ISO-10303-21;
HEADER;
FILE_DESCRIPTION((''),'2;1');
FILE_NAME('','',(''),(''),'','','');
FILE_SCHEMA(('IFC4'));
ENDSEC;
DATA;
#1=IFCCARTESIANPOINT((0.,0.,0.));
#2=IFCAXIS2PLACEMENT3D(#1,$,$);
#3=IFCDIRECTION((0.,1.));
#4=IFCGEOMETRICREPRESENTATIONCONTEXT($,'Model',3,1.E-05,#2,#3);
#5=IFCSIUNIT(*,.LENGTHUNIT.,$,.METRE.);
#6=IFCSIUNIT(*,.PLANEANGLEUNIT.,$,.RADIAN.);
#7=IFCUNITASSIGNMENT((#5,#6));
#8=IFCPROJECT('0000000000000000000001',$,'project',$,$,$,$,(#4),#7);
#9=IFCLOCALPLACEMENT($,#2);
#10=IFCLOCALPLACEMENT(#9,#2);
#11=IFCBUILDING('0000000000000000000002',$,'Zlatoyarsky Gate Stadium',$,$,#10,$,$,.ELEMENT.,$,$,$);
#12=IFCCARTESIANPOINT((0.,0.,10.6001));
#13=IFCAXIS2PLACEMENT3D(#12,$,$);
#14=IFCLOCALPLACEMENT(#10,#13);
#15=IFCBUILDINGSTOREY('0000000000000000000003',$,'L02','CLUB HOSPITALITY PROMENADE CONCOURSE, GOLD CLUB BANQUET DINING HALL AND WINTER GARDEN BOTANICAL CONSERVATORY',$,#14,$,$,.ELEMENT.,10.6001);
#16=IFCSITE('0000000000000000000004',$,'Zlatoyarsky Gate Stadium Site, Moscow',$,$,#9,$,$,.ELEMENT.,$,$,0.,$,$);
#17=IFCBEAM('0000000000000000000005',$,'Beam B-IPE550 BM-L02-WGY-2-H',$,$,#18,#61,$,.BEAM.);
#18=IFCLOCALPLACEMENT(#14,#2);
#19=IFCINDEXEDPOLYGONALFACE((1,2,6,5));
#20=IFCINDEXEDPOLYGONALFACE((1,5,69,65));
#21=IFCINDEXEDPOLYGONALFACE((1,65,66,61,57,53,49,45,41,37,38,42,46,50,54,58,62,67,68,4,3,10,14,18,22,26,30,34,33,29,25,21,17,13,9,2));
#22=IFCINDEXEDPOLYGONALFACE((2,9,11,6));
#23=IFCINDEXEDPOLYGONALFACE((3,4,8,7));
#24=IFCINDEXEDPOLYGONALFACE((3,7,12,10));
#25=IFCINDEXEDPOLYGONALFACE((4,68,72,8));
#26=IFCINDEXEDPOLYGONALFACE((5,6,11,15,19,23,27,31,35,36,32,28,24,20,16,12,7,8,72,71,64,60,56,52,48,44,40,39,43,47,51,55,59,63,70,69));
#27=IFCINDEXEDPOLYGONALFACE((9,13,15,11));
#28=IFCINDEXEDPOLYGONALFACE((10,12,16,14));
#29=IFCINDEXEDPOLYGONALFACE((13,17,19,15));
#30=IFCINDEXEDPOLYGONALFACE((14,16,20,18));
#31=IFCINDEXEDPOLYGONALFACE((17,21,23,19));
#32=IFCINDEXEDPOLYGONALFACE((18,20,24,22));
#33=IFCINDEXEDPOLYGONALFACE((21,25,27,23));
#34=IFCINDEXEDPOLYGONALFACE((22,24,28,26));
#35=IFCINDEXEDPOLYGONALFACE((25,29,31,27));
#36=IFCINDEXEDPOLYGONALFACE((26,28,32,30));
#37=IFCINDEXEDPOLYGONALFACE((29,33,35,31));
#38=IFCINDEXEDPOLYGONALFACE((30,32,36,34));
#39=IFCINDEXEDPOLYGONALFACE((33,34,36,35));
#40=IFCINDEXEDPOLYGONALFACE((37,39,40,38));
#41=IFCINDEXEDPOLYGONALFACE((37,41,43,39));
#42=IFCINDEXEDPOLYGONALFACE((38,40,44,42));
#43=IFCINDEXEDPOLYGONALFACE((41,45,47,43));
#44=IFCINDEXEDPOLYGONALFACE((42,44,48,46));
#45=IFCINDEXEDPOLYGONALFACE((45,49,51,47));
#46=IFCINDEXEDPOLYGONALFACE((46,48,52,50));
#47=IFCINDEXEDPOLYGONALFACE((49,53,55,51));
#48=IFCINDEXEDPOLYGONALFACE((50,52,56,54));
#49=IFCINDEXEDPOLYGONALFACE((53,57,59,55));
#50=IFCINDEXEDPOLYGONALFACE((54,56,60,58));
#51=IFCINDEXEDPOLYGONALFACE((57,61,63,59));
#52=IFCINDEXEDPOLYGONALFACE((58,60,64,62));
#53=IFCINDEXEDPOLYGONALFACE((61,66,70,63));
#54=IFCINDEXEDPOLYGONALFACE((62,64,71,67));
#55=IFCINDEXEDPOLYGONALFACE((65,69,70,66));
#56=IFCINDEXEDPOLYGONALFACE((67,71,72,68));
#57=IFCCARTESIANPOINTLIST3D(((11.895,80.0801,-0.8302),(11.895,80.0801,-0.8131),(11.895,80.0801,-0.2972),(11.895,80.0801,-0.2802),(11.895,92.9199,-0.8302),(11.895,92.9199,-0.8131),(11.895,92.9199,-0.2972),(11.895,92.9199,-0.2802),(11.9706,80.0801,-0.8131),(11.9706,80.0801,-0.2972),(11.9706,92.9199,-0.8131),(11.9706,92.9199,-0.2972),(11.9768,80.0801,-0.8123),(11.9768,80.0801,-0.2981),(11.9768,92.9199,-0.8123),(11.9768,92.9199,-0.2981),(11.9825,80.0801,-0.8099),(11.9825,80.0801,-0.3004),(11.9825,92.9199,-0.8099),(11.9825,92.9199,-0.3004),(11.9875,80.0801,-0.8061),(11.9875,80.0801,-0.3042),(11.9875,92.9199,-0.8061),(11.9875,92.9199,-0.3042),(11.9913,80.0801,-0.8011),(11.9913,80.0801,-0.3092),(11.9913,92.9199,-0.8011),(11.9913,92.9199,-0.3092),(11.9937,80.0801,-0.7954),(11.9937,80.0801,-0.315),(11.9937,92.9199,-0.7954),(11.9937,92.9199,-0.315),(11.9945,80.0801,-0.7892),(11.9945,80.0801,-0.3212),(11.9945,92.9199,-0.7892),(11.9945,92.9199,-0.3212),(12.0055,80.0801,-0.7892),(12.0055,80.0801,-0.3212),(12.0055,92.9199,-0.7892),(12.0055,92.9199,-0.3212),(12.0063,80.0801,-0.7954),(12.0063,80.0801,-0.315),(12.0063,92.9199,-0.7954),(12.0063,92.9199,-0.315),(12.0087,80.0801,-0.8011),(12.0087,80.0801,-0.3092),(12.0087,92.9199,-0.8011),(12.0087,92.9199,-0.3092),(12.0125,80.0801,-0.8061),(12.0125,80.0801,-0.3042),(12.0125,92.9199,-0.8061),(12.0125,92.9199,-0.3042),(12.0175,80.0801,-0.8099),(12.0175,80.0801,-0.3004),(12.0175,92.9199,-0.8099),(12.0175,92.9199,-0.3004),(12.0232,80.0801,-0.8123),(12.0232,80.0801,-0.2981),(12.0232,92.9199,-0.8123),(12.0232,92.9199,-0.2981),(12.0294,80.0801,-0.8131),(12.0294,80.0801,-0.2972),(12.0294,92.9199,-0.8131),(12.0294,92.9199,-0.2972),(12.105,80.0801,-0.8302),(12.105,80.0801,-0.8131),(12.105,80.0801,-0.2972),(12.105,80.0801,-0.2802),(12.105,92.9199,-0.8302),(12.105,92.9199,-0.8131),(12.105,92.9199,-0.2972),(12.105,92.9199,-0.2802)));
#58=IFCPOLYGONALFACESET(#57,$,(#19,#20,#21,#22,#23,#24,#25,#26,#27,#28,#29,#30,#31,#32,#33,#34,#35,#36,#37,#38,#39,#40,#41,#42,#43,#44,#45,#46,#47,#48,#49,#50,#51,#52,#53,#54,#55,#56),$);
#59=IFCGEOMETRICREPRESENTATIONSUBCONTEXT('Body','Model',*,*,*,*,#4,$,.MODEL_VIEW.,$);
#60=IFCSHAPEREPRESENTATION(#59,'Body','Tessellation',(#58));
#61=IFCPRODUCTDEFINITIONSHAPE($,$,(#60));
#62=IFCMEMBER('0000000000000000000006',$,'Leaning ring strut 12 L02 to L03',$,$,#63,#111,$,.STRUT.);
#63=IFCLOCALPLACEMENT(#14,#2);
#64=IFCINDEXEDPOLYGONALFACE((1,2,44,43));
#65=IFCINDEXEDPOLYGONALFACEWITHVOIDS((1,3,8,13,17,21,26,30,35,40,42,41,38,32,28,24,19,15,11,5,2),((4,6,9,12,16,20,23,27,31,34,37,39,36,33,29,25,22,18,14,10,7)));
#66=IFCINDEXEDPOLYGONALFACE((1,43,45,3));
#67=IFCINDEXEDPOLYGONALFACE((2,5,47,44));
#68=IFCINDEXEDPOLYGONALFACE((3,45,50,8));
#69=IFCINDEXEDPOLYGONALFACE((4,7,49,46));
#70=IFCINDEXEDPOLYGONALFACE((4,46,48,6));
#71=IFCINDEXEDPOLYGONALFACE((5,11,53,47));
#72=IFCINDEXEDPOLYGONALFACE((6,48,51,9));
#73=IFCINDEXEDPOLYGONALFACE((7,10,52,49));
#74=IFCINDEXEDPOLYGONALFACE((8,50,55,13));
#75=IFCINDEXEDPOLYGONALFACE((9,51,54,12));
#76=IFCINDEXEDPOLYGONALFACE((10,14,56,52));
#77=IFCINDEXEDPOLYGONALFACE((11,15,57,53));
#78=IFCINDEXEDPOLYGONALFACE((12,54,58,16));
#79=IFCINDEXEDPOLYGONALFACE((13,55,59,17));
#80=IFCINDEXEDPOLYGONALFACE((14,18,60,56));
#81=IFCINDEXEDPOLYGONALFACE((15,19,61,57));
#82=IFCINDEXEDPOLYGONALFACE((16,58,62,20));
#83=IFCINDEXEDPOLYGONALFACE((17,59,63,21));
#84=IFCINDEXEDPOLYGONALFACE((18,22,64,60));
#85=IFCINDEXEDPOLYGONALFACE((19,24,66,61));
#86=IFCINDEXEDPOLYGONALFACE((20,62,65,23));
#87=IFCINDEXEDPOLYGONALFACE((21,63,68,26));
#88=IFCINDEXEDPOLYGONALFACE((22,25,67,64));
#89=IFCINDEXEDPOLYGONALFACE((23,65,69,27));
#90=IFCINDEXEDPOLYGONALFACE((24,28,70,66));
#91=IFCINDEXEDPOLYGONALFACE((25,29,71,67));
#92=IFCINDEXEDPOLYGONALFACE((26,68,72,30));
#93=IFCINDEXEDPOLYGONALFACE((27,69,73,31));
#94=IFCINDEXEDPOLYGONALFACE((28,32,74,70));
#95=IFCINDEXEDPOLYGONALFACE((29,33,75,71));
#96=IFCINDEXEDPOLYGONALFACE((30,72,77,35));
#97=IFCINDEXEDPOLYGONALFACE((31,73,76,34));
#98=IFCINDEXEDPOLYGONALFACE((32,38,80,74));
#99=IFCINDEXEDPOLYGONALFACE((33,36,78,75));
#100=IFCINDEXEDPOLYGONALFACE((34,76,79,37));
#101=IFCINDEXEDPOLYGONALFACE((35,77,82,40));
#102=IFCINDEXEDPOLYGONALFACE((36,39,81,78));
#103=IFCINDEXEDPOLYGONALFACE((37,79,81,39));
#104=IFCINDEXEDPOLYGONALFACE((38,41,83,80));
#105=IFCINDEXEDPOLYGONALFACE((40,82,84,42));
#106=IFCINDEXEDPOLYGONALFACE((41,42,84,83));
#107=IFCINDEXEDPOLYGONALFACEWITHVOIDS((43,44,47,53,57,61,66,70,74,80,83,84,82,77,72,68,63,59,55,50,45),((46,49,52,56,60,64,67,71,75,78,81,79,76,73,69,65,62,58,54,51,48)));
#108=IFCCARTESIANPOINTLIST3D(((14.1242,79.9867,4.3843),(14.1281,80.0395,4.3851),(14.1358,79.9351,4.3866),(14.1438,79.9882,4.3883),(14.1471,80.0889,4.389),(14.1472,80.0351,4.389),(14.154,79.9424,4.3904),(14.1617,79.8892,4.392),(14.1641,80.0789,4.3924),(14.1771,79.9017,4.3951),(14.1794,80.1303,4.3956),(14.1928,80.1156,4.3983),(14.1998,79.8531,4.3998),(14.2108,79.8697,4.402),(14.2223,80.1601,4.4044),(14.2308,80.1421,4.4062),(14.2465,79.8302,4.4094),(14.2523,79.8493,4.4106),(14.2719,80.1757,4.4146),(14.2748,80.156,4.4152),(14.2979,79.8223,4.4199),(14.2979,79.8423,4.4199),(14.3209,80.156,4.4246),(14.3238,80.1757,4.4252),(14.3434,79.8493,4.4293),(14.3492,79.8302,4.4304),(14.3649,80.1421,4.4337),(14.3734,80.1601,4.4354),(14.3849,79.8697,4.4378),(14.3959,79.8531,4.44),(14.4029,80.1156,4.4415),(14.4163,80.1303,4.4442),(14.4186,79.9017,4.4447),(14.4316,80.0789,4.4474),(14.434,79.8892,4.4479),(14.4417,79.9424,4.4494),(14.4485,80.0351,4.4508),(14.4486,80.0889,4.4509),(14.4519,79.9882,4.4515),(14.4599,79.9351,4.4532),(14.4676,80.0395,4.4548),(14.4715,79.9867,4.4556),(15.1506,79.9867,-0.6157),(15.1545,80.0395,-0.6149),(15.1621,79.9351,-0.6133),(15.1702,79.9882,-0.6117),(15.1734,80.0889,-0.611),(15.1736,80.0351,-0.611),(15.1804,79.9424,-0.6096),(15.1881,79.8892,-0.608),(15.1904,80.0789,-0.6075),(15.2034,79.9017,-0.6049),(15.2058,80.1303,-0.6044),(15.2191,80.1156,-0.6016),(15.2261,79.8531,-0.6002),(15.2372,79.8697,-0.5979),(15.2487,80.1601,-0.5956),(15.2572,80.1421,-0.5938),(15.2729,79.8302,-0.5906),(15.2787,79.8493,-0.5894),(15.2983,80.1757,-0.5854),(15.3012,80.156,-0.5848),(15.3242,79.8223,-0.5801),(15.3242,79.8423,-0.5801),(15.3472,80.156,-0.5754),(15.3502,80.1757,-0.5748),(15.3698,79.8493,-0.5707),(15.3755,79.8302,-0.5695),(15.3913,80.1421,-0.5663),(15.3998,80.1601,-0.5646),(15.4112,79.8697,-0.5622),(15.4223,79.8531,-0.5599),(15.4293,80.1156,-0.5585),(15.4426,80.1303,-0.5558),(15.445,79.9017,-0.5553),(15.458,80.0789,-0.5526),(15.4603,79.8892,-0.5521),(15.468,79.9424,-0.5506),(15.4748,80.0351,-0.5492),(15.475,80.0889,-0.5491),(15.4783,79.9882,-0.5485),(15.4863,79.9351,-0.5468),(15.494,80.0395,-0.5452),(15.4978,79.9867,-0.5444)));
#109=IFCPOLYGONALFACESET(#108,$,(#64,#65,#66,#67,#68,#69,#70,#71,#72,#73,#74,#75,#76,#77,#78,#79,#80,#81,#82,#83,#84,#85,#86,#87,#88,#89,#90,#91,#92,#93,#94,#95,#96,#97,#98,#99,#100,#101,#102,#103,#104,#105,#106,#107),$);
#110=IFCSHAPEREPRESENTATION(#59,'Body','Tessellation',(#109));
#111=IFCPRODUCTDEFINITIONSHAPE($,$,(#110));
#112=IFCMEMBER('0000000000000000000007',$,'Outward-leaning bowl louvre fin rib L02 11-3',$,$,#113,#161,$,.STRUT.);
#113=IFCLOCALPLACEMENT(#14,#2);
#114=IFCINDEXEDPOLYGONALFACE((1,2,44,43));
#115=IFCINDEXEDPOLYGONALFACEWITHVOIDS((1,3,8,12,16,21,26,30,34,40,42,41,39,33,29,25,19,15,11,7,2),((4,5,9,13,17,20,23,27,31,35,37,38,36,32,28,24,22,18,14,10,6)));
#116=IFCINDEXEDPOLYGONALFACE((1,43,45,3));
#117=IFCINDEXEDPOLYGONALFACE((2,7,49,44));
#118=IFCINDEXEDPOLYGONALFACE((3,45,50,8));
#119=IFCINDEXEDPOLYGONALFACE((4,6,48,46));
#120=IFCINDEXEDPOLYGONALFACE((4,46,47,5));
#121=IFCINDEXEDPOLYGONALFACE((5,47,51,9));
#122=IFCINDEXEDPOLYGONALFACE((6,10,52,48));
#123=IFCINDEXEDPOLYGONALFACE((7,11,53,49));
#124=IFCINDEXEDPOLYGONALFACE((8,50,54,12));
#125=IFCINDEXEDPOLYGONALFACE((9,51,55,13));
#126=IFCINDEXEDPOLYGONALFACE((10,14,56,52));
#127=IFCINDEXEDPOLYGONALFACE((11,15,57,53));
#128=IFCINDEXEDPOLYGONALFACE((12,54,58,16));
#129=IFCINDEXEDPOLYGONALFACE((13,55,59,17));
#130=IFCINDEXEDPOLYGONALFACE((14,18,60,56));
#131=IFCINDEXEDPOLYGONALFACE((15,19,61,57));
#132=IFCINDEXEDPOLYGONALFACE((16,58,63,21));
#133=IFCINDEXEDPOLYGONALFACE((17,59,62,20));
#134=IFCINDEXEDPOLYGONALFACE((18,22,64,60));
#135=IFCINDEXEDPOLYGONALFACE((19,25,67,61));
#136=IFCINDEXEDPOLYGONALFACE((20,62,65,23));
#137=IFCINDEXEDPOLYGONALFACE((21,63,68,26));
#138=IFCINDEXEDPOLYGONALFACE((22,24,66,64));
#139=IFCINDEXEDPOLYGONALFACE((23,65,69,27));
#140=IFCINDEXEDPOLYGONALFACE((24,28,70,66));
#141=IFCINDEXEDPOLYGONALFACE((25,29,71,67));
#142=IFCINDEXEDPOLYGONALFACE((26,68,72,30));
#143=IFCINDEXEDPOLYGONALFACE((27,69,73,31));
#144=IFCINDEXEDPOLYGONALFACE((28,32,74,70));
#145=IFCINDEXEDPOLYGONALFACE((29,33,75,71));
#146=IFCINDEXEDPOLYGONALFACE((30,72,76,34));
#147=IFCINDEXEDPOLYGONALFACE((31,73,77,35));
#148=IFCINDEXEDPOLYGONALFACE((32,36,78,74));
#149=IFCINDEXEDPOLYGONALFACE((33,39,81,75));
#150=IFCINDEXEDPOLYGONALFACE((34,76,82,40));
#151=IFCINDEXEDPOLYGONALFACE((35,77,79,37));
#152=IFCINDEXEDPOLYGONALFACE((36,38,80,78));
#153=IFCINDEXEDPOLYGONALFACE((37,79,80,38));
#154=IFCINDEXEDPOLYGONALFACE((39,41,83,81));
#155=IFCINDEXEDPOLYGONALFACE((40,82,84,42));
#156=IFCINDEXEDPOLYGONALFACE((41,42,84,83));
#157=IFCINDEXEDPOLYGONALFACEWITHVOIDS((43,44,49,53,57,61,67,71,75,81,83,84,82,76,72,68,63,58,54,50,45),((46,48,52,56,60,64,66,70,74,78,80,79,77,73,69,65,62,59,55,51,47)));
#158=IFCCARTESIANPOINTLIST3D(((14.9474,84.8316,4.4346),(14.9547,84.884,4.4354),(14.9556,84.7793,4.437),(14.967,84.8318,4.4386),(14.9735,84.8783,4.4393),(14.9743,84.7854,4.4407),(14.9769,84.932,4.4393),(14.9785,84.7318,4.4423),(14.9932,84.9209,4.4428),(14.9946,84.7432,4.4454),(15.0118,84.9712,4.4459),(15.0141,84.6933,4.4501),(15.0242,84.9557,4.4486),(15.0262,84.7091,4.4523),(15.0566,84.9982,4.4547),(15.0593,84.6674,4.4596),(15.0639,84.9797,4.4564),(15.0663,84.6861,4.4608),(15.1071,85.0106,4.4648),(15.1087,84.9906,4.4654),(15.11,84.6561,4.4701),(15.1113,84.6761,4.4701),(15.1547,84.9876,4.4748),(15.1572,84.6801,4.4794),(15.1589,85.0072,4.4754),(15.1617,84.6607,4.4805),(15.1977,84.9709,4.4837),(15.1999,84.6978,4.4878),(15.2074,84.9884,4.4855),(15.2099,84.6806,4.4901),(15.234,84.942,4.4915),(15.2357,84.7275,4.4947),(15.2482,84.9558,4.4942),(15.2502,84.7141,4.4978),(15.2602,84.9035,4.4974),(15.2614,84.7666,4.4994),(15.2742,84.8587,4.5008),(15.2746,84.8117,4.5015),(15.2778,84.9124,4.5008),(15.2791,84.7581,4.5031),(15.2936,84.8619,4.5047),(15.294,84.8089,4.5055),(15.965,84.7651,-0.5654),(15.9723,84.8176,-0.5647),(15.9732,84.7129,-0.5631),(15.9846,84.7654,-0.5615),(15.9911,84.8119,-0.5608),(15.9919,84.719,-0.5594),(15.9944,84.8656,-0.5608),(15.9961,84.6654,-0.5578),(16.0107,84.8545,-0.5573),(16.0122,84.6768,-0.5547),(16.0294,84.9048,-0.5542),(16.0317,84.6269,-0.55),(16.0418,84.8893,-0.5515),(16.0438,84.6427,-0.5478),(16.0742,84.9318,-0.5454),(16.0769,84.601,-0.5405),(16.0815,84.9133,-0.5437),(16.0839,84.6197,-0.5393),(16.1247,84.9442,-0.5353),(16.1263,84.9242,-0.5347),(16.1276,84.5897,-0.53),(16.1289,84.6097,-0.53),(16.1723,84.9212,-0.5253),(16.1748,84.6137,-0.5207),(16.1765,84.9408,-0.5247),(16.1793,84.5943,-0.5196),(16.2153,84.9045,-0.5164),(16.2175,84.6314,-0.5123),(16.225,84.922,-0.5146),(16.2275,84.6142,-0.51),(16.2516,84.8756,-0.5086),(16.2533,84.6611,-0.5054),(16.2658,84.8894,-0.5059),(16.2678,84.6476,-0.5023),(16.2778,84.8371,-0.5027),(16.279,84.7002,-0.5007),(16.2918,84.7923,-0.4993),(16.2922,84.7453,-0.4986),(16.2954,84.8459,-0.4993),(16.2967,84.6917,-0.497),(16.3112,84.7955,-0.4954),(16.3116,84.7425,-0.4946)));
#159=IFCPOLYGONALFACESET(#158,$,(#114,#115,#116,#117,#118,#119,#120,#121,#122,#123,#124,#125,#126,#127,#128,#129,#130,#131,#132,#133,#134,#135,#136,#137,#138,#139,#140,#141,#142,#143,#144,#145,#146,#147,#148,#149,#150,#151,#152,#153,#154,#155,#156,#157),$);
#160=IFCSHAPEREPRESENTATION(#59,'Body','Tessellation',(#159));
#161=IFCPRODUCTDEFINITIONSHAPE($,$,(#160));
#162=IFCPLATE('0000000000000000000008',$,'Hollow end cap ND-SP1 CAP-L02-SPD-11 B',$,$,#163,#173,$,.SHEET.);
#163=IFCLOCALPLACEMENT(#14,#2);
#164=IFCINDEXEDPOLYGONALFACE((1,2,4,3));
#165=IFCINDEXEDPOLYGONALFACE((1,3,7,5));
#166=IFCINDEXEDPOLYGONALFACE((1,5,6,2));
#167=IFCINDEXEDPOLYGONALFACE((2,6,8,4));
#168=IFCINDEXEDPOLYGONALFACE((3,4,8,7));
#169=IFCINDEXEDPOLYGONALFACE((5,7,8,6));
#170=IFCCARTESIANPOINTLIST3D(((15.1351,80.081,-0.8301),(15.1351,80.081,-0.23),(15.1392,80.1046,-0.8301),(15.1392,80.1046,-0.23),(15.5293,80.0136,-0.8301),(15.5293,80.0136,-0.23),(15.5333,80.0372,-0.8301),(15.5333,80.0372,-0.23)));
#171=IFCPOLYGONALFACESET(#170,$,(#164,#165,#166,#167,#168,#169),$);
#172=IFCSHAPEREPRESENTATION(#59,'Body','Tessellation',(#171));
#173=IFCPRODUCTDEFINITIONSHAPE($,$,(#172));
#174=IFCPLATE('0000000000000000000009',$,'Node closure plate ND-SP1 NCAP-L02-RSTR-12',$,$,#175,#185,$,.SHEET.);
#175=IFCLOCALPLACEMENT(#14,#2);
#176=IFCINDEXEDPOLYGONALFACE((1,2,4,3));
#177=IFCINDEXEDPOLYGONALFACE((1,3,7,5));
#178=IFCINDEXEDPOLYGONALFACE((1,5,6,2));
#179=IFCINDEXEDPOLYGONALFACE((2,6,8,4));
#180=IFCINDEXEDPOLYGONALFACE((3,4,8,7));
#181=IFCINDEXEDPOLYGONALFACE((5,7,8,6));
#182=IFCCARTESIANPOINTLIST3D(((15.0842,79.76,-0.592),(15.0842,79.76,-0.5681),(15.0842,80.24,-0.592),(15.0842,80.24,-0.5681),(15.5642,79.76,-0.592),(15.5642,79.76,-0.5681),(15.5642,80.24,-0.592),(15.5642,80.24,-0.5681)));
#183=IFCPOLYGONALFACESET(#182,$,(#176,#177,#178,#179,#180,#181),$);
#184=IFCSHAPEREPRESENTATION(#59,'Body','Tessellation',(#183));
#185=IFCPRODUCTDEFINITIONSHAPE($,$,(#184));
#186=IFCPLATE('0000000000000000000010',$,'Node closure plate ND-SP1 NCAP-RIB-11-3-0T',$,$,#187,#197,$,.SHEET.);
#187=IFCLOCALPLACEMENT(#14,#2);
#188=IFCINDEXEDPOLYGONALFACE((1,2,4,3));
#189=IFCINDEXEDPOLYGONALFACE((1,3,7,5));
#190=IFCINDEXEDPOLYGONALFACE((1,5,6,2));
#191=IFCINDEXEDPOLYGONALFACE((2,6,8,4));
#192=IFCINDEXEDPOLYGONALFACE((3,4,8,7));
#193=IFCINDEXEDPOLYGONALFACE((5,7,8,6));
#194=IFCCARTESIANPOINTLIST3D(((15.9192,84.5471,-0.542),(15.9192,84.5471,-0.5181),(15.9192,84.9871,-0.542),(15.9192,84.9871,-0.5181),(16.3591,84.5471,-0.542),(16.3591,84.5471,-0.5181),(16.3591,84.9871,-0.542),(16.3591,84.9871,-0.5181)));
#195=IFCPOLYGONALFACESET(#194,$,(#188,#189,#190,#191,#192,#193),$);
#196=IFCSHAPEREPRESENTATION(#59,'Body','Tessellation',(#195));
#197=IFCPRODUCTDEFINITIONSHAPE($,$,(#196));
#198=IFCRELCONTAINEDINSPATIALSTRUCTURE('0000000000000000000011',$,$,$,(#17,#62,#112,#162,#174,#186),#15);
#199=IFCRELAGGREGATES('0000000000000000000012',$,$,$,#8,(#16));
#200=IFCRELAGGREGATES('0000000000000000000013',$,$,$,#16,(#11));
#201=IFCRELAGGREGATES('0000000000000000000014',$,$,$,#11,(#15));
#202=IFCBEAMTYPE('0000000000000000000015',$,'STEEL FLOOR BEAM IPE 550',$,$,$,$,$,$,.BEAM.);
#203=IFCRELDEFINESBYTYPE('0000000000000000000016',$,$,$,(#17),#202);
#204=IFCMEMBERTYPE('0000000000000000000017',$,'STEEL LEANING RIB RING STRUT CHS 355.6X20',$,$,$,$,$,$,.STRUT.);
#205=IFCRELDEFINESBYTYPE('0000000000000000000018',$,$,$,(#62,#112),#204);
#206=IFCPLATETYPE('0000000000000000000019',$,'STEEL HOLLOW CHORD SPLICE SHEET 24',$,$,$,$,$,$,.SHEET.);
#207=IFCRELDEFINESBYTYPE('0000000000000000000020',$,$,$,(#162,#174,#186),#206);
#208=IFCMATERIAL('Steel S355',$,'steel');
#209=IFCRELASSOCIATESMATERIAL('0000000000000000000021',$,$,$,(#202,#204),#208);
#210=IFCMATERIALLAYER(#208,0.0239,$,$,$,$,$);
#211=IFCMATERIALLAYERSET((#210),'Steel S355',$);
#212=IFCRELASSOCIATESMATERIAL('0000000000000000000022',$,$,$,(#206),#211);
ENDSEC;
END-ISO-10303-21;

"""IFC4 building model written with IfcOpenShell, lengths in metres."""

from ifc_helpers import new_model, si_unit, direction, frame, origin, origin_2d, place, context, subcontext, project, spatial, rectangle, hollow_circle, i_section, extrude, material, layer, layer_set, material_profile, profile_set, type_object, element, save


model = new_model("IFC4")

# Units and contexts
model_context = context("Model", 3, precision=1e-05, world=origin(), true_north=direction((0.0, 1.0)))
body_context = subcontext(model_context, "Body", "Model", "MODEL_VIEW")
ifc_project = project(units=[si_unit("LENGTHUNIT", "METRE"), si_unit("PLANEANGLEUNIT", "RADIAN")], contexts=[model_context])

# Site, building, storey
site_placement = place(None, origin())
site = spatial("IfcSite", under=ifc_project, at=site_placement, Name="Zlatoyarsky Gate Stadium Site, Moscow", CompositionType="ELEMENT", RefElevation=0.0)
building_placement = place(site_placement, origin())
building = spatial("IfcBuilding", under=site, at=building_placement, Name="Zlatoyarsky Gate Stadium", CompositionType="ELEMENT")
storey_placement = place(building_placement, frame((0.0, 0.0, 10.6001)))
storey = spatial("IfcBuildingStorey", under=building, at=storey_placement, Name="L02", Description="CLUB HOSPITALITY PROMENADE CONCOURSE, GOLD CLUB BANQUET DINING HALL AND WINTER GARDEN BOTANICAL CONSERVATORY", CompositionType="ELEMENT", Elevation=10.6001)

# Beam
ifc_material_1 = material(Name="Steel S355", Category="steel")
ifc_material_profile_1 = material_profile(ifc_material_1, i_section(OverallWidth=0.21, OverallDepth=0.55, WebThickness=0.011, FlangeThickness=0.0171, FilletRadius=0.0239, at=origin_2d()), Name="IPE 550")
ifc_profile_set_1 = profile_set([ifc_material_profile_1], Name="Steel S355")
beam_type_1 = type_object("IfcBeamType", Name="STEEL FLOOR BEAM IPE 550", PredefinedType="BEAM", material=ifc_profile_set_1)
beam_1_placement = place(storey_placement, frame((12.0, 80.0801, -0.5552), z_axis=(0.0, 1.0, 0.0), x_axis=(-1.0, 0.0, 0.0)))
element("IfcBeam", 1, at=beam_1_placement, inside=storey, type_object=beam_type_1, Name="Beam B-IPE550 BM-L02-WGY-2-H", PredefinedType="BEAM", context=body_context, shape_type="SweptSolid", body=[
    extrude(i_section(OverallWidth=0.21, OverallDepth=0.55, WebThickness=0.011, FlangeThickness=0.0171, FilletRadius=0.0239, at=origin_2d()), origin(), (0.0, 0.0, 1.0), 12.8398),
])

# Members
ifc_material_profile_2 = material_profile(ifc_material_1, hollow_circle(Radius=0.1777, WallThickness=0.02, at=origin_2d()), Name="CHS 355.6X20")
ifc_profile_set_2 = profile_set([ifc_material_profile_2], Name="Steel S355")
member_type_1 = type_object("IfcMemberType", Name="STEEL LEANING RIB RING STRUT CHS 355.6X20", PredefinedType="STRUT", material=ifc_profile_set_2)
member_1_placement = place(storey_placement, frame((15.3242, 80.0, -0.5801), z_axis=(-0.201081, 0.0, 0.979575), x_axis=(0.0, -1.0, 0.0)))
element("IfcMember", 2, at=member_1_placement, inside=storey, type_object=member_type_1, Name="Leaning ring strut 12 L02 to L03", PredefinedType="STRUT", context=body_context, shape_type="SweptSolid", body=[
    extrude(hollow_circle(Radius=0.1777, WallThickness=0.02, at=origin_2d()), origin(), (0.0, 0.0, 1.0), 5.1042),
])
member_2_placement = place(storey_placement, frame((16.1392, 84.7671, -0.53), z_axis=(-0.199411, 0.013013, 0.97983), x_axis=(-0.065121, -0.997877, 0.0)))
element("IfcMember", 3, at=member_2_placement, inside=storey, type_object=member_type_1, Name="Outward-leaning bowl louvre fin rib L02 11-3", PredefinedType="STRUT", context=body_context, shape_type="SweptSolid", body=[
    extrude(hollow_circle(Radius=0.1777, WallThickness=0.02, at=origin_2d()), origin(), (0.0, 0.0, 1.0), 5.103),
])

# Plates
ifc_layer_1 = layer(ifc_material_1, 0.0239)
ifc_layer_set_1 = layer_set([ifc_layer_1], Name="Steel S355")
plate_type_1 = type_object("IfcPlateType", Name="STEEL HOLLOW CHORD SPLICE SHEET 24", PredefinedType="SHEET", material=ifc_layer_set_1)
plate_1_placement = place(storey_placement, frame((15.3342, 80.0591, -0.8301), z_axis=(0.0, 0.0, 1.0), x_axis=(-0.168521, -0.985698, 0.0)))
element("IfcPlate", 4, at=plate_1_placement, inside=storey, type_object=plate_type_1, Name="Hollow end cap ND-SP1 CAP-L02-SPD-11 B", PredefinedType="SHEET", context=body_context, shape_type="SweptSolid", body=[
    extrude(rectangle(XDim=0.0239, YDim=0.3999, at=origin_2d()), origin(), (0.0, 0.0, 1.0), 0.6001),
])
plate_2_placement = place(storey_placement, frame((15.3242, 80.0, -0.592), z_axis=(0.0, 0.0, 1.0), x_axis=(1.0, 0.0, 0.0)))
element("IfcPlate", 5, at=plate_2_placement, inside=storey, type_object=plate_type_1, Name="Node closure plate ND-SP1 NCAP-L02-RSTR-12", PredefinedType="SHEET", context=body_context, shape_type="SweptSolid", body=[
    extrude(rectangle(XDim=0.48, YDim=0.48, at=origin_2d()), origin(), (0.0, 0.0, 1.0), 0.0239),
])
plate_3_placement = place(storey_placement, frame((16.1392, 84.7671, -0.542), z_axis=(0.0, 0.0, 1.0), x_axis=(1.0, 0.0, 0.0)))
element("IfcPlate", 6, at=plate_3_placement, inside=storey, type_object=plate_type_1, Name="Node closure plate ND-SP1 NCAP-RIB-11-3-0T", PredefinedType="SHEET", context=body_context, shape_type="SweptSolid", body=[
    extrude(rectangle(XDim=0.4399, YDim=0.4399, at=origin_2d()), origin(), (0.0, 0.0, 1.0), 0.0239),
])

save(model, "model.ifc")
